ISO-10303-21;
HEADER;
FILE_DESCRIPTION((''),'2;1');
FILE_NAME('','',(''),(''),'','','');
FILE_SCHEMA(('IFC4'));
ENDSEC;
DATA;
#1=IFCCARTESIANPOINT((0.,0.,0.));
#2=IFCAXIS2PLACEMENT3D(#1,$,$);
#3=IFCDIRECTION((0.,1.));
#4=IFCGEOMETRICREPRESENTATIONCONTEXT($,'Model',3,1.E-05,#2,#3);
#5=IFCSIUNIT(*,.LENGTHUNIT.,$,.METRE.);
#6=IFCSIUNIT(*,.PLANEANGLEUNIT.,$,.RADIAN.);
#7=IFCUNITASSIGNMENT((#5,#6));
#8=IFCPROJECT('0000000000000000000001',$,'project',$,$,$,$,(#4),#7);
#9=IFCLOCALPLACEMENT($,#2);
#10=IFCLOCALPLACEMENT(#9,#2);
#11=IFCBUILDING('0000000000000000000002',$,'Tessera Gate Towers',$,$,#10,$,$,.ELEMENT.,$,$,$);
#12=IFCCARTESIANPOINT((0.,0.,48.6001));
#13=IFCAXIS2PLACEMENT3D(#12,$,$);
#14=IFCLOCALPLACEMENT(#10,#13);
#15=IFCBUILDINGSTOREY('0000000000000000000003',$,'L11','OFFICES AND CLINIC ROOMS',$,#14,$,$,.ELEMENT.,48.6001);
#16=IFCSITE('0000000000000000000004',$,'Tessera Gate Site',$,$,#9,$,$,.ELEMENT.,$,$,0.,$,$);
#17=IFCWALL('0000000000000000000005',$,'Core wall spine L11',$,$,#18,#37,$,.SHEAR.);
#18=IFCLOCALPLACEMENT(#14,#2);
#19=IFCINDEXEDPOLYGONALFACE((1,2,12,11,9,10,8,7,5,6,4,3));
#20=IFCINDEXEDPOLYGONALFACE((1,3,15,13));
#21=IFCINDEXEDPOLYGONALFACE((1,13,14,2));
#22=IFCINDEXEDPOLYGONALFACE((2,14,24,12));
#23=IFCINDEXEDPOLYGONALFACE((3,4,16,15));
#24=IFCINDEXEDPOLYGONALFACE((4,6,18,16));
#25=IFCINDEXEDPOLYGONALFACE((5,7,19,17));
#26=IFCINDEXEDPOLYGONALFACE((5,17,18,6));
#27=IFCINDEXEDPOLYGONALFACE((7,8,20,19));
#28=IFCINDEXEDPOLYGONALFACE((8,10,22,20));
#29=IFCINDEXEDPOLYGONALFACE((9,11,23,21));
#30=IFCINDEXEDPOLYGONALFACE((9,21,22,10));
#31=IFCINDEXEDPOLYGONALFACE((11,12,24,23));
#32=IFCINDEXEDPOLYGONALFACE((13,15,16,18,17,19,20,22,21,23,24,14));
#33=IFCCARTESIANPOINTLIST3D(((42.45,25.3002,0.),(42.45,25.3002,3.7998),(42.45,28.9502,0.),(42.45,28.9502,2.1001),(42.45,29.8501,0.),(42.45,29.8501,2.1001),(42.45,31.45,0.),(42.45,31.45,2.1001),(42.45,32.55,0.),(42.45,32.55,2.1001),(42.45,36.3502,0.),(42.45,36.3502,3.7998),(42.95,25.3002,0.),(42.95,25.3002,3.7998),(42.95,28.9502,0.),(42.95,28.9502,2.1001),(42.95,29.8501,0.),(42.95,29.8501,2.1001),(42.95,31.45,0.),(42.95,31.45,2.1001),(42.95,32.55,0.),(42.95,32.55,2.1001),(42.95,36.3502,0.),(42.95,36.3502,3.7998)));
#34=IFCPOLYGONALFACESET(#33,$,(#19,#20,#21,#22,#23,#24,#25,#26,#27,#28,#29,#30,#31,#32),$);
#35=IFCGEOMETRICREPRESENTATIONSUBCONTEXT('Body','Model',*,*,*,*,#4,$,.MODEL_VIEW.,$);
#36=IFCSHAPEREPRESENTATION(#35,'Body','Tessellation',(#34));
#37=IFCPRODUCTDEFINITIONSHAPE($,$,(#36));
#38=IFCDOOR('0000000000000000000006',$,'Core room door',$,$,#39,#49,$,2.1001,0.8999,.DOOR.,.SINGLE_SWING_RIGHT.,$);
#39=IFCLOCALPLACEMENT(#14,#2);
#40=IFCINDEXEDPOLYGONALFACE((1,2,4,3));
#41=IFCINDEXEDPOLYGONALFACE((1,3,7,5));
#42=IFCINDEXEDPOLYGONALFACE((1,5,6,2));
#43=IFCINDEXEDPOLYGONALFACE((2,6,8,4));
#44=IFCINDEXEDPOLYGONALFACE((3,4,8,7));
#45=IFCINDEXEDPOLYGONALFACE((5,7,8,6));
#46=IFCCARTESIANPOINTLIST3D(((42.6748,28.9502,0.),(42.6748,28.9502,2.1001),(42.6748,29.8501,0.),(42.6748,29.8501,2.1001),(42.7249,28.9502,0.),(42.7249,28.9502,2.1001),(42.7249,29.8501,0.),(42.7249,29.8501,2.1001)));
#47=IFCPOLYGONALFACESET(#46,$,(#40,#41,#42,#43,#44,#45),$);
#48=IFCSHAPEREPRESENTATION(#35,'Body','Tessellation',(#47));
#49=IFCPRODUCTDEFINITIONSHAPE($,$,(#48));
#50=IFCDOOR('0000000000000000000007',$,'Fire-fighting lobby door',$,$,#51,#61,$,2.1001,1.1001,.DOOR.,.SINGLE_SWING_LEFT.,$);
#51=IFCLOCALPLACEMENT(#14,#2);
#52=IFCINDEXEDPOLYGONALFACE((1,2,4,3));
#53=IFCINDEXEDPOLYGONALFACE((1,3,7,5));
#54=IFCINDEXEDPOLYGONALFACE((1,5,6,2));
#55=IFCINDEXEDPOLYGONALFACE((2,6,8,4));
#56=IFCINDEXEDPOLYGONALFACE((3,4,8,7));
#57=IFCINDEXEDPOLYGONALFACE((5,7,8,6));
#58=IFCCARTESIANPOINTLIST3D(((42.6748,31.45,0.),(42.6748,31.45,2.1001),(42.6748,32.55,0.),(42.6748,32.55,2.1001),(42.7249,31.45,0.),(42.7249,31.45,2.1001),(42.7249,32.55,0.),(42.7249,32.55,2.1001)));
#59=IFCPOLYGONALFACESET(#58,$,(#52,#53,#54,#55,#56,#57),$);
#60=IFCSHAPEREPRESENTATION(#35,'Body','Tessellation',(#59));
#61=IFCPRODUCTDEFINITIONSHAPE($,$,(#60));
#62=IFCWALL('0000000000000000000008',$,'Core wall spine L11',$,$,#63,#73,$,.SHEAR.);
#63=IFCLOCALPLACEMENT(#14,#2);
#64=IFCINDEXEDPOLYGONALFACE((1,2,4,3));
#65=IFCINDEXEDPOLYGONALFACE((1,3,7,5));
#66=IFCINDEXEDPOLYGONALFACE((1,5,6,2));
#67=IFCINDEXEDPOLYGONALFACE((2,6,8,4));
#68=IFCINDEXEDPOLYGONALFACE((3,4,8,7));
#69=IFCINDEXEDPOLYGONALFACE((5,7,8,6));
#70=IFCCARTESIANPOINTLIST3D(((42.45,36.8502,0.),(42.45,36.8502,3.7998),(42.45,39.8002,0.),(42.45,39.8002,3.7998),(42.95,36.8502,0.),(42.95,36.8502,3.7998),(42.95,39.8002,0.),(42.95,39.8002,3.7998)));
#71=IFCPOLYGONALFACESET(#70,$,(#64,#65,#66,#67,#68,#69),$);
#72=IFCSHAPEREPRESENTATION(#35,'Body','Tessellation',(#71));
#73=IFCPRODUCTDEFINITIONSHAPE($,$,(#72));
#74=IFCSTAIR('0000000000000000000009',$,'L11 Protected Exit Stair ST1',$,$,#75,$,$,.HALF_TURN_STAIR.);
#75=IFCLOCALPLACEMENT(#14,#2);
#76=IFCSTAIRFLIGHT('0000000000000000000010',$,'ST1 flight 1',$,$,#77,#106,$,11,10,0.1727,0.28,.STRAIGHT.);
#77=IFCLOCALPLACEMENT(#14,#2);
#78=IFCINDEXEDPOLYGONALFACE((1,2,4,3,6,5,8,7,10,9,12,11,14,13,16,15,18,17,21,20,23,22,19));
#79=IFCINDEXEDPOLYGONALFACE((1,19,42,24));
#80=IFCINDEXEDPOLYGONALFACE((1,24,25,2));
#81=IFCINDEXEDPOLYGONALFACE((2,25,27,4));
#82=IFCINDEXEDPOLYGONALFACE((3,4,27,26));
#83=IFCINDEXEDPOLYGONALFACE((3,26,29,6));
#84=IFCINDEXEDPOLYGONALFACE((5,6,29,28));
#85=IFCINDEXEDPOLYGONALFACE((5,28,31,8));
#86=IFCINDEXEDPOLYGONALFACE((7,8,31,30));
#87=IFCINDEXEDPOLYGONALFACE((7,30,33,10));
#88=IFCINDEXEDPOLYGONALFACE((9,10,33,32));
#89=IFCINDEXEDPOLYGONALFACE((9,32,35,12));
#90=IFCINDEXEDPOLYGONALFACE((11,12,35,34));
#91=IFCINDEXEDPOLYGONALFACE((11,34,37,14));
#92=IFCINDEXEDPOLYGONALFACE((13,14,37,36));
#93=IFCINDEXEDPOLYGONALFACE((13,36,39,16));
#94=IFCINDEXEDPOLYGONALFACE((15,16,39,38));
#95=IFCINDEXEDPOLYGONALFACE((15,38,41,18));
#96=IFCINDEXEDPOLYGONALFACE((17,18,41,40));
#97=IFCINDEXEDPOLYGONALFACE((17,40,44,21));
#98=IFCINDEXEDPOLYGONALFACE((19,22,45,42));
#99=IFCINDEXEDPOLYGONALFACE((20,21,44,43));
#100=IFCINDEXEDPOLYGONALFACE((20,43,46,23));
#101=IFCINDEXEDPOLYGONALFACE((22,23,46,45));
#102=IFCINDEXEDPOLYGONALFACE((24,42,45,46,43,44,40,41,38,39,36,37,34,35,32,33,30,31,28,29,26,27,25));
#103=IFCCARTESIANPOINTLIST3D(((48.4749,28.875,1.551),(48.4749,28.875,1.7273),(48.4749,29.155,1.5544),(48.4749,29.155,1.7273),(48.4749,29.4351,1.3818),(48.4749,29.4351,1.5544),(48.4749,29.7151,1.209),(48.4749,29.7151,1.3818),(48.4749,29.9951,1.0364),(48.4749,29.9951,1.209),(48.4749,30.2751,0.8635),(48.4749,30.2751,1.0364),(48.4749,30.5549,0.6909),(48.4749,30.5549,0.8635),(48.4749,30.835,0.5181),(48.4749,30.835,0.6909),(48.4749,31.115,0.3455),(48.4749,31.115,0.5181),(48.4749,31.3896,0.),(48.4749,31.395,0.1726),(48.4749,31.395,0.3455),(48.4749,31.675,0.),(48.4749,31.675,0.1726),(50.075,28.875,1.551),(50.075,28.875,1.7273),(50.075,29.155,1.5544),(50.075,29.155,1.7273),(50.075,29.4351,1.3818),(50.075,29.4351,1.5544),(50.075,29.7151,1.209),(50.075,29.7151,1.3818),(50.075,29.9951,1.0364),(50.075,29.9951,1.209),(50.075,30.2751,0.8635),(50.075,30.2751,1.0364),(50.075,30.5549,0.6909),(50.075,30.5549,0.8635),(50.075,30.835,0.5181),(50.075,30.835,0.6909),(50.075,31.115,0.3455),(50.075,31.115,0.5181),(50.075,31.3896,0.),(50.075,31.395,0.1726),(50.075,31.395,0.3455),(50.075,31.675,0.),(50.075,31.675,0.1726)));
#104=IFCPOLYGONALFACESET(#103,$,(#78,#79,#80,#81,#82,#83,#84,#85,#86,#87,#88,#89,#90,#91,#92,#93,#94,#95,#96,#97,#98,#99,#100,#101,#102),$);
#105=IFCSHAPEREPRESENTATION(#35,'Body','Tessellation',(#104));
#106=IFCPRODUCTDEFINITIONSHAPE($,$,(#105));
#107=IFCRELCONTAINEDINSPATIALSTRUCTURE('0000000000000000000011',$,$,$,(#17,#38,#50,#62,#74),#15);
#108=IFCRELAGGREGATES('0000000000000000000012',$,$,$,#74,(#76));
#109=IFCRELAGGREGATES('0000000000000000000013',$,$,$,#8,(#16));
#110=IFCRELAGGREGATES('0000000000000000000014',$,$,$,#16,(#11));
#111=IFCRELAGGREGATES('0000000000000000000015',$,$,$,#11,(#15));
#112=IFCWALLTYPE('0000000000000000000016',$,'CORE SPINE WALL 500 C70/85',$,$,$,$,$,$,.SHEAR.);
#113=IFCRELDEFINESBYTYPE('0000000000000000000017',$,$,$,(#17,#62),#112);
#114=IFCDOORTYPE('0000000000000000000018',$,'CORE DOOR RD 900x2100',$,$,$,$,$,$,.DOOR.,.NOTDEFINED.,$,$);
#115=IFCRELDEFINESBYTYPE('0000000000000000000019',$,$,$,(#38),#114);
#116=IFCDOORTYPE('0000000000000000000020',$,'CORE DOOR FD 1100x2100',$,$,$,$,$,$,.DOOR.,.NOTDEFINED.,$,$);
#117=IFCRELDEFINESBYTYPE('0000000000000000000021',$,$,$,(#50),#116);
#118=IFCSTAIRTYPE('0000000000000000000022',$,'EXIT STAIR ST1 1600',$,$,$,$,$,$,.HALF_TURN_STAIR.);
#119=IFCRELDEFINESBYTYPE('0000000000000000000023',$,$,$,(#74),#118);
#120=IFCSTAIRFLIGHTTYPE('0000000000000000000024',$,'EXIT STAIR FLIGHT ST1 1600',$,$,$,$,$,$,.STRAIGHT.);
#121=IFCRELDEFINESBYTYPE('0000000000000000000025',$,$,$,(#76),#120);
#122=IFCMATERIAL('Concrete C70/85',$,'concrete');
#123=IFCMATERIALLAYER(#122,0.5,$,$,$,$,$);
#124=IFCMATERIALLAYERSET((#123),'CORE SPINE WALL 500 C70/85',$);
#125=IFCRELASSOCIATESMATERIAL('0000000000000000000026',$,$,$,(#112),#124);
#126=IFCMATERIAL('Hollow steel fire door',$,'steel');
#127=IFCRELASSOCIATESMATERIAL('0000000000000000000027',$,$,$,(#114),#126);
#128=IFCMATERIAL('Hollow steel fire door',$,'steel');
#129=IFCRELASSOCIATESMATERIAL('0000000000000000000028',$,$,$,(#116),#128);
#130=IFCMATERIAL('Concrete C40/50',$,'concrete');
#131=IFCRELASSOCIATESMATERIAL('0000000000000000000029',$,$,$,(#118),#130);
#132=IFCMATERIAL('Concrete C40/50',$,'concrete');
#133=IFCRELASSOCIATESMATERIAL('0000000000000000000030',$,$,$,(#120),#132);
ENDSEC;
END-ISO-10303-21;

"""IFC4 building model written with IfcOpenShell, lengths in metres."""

from ifc_helpers import new_model, si_unit, direction, frame, frame_2d, origin, place, context, subcontext, project, spatial, polyline, rectangle, outline, extrude, source, transform, mapped, material, layer, layer_set, type_object, element, fill, aggregate, save


model = new_model("IFC4")

# Units and contexts
model_context = context("Model", 3, precision=1e-05, world=origin(), true_north=direction((0.0, 1.0)))
body_context = subcontext(model_context, "Body", "Model", "MODEL_VIEW")
ifc_project = project(units=[si_unit("LENGTHUNIT", "METRE"), si_unit("PLANEANGLEUNIT", "RADIAN")], contexts=[model_context])

# Site, building, storey
site_placement = place(None, origin())
site = spatial("IfcSite", under=ifc_project, at=site_placement, Name="Tessera Gate Site", CompositionType="ELEMENT", RefElevation=0.0)
building_placement = place(site_placement, origin())
building = spatial("IfcBuilding", under=site, at=building_placement, Name="Tessera Gate Towers", CompositionType="ELEMENT")
storey_placement = place(building_placement, frame((0.0, 0.0, 48.6001)))
storey = spatial("IfcBuildingStorey", under=building, at=storey_placement, Name="L11", Description="OFFICES AND CLINIC ROOMS", CompositionType="ELEMENT", Elevation=48.6001)

# Wall, openings, doors
ifc_material_1 = material(Name="Concrete C70/85", Category="concrete")
ifc_layer_1 = layer(ifc_material_1, 0.5)
ifc_layer_set_1 = layer_set([ifc_layer_1], Name="CORE SPINE WALL 500 C70/85")
wall_type_1 = type_object("IfcWallType", Name="CORE SPINE WALL 500 C70/85", PredefinedType="SHEAR", material=ifc_layer_set_1)
wall_1_placement = place(storey_placement, frame((42.7, 36.3501, 0.0), z_axis=(0.0, 0.0, 1.0), x_axis=(0.0, -1.0, 0.0)))
wall_1 = element("IfcWall", 1, at=wall_1_placement, inside=storey, type_object=wall_type_1, Name="Core wall spine L11", PredefinedType="SHEAR", context=body_context, shape_type="SweptSolid", body=[
    extrude(rectangle(XDim=11.05, YDim=0.5, at=frame_2d((5.5249, 0.0))), origin(), (0.0, 0.0, 1.0), 3.7998),
])
shared_shape_1 = source(origin(), body_context, "Body", "SweptSolid", [
    extrude(rectangle(XDim=0.8999, YDim=2.1001, at=frame_2d((0.45, 1.05))), frame((0.0, 0.26, 0.0), z_axis=(0.0, -1.0, 0.0), x_axis=(1.0, 0.0, 0.0)), (0.0, 0.0, 1.0), 0.52),
])
opening_1_placement = place(wall_1_placement, frame((6.5, 0.0, 0.0)))
opening_1 = element("IfcOpeningElement", 2, at=opening_1_placement, cuts=wall_1, PredefinedType="OPENING", context=body_context, shape_type="MappedRepresentation", body=[
    mapped(shared_shape_1, transform((0.0, 0.0, 0.0), scale=1.0)),
])
shared_shape_2 = source(origin(), body_context, "Body", "SweptSolid", [
    extrude(rectangle(XDim=1.1001, YDim=2.1001, at=frame_2d((0.55, 1.05))), frame((0.0, 0.26, 0.0), z_axis=(0.0, -1.0, 0.0), x_axis=(1.0, 0.0, 0.0)), (0.0, 0.0, 1.0), 0.52),
])
opening_2_placement = place(wall_1_placement, frame((3.8, 0.0, 0.0)))
opening_2 = element("IfcOpeningElement", 3, at=opening_2_placement, cuts=wall_1, PredefinedType="OPENING", context=body_context, shape_type="MappedRepresentation", body=[
    mapped(shared_shape_2, transform((0.0, 0.0, 0.0), scale=1.0)),
])
ifc_material_2 = material(Name="Hollow steel fire door", Category="steel")
door_type_1 = type_object("IfcDoorType", Name="CORE DOOR RD 900x2100", OperationType="NOTDEFINED", PredefinedType="DOOR", material=ifc_material_2)
shared_shape_3 = source(origin(), body_context, "Body", "SweptSolid", [
    extrude(rectangle(XDim=0.8999, YDim=2.1001, at=frame_2d((0.45, 1.05))), frame((0.0, 0.0249, 0.0), z_axis=(0.0, -1.0, 0.0), x_axis=(1.0, 0.0, 0.0)), (0.0, 0.0, 1.0), 0.05),
])
door_1_placement = place(opening_1_placement, origin())
door_1 = element("IfcDoor", 4, at=door_1_placement, inside=storey, type_object=door_type_1, Name="Core room door", OperationType="SINGLE_SWING_RIGHT", OverallHeight=2.1001, OverallWidth=0.8999, PredefinedType="DOOR", context=body_context, shape_type="MappedRepresentation", body=[
    mapped(shared_shape_3, transform((0.0, 0.0, 0.0), scale=1.0)),
])
fill(opening_1, door_1)
ifc_material_3 = material(Name="Hollow steel fire door", Category="steel")
door_type_2 = type_object("IfcDoorType", Name="CORE DOOR FD 1100x2100", OperationType="NOTDEFINED", PredefinedType="DOOR", material=ifc_material_3)
shared_shape_4 = source(origin(), body_context, "Body", "SweptSolid", [
    extrude(rectangle(XDim=1.1001, YDim=2.1001, at=frame_2d((0.55, 1.05))), frame((0.0, 0.0249, 0.0), z_axis=(0.0, -1.0, 0.0), x_axis=(1.0, 0.0, 0.0)), (0.0, 0.0, 1.0), 0.05),
])
door_2_placement = place(opening_2_placement, origin())
door_2 = element("IfcDoor", 5, at=door_2_placement, inside=storey, type_object=door_type_2, Name="Fire-fighting lobby door", OperationType="SINGLE_SWING_LEFT", OverallHeight=2.1001, OverallWidth=1.1001, PredefinedType="DOOR", context=body_context, shape_type="MappedRepresentation", body=[
    mapped(shared_shape_4, transform((0.0, 0.0, 0.0), scale=1.0)),
])
fill(opening_2, door_2)

# Wall
wall_2_placement = place(storey_placement, frame((42.7, 36.8501, 0.0), z_axis=(0.0, 0.0, 1.0), x_axis=(0.0, 1.0, 0.0)))
element("IfcWall", 6, at=wall_2_placement, inside=storey, type_object=wall_type_1, Name="Core wall spine L11", PredefinedType="SHEAR", context=body_context, shape_type="SweptSolid", body=[
    extrude(rectangle(XDim=2.95, YDim=0.5, at=frame_2d((1.4751, 0.0))), origin(), (0.0, 0.0, 1.0), 3.7998),
])

# Stair, stair flight
ifc_material_4 = material(Name="Concrete C40/50", Category="concrete")
stair_type = type_object("IfcStairType", Name="EXIT STAIR ST1 1600", PredefinedType="HALF_TURN_STAIR", material=ifc_material_4)
stair_placement = place(storey_placement, origin())
stair = element("IfcStair", 7, at=stair_placement, inside=storey, type_object=stair_type, Name="L11 Protected Exit Stair ST1", PredefinedType="HALF_TURN_STAIR")
ifc_material_5 = material(Name="Concrete C40/50", Category="concrete")
stair_flight_type = type_object("IfcStairFlightType", Name="EXIT STAIR FLIGHT ST1 1600", PredefinedType="STRAIGHT", material=ifc_material_5)
stair_flight_placement = place(storey_placement, frame((49.2749, 31.675, 0.0), z_axis=(0.0, 0.0, 1.0), x_axis=(0.0, -1.0, 0.0)))
stair_flight = element("IfcStairFlight", 8, at=stair_flight_placement, type_object=stair_flight_type, Name="ST1 flight 1", NumberOfRisers=11, NumberOfTreads=10, PredefinedType="STRAIGHT", RiserHeight=0.1727, TreadLength=0.28, context=body_context, shape_type="SweptSolid", body=[
    extrude(outline(polyline([(0.0, 0.0), (0.0, 0.1726), (0.28, 0.1726), (0.28, 0.3455), (0.5601, 0.3455), (0.5601, 0.5181), (0.8401, 0.5181), (0.8401, 0.6909), (1.1201, 0.6909), (1.1201, 0.8635), (1.3999, 0.8635), (1.3999, 1.0364), (1.6799, 1.0364), (1.6799, 1.209), (1.96, 1.209), (1.96, 1.3818), (2.24, 1.3818), (2.24, 1.5544), (2.52, 1.5544), (2.52, 1.7273), (2.8, 1.7273), (2.8, 1.8999), (2.8, 1.551), (0.2854, 0.0), (0.0, 0.0)])), frame((0.0, 0.8, 0.0), z_axis=(0.0, -1.0, 0.0), x_axis=(1.0, 0.0, 0.0)), (0.0, 0.0, 1.0), 1.6001),
])
aggregate(stair, [stair_flight])

save(model, "model.ifc")
